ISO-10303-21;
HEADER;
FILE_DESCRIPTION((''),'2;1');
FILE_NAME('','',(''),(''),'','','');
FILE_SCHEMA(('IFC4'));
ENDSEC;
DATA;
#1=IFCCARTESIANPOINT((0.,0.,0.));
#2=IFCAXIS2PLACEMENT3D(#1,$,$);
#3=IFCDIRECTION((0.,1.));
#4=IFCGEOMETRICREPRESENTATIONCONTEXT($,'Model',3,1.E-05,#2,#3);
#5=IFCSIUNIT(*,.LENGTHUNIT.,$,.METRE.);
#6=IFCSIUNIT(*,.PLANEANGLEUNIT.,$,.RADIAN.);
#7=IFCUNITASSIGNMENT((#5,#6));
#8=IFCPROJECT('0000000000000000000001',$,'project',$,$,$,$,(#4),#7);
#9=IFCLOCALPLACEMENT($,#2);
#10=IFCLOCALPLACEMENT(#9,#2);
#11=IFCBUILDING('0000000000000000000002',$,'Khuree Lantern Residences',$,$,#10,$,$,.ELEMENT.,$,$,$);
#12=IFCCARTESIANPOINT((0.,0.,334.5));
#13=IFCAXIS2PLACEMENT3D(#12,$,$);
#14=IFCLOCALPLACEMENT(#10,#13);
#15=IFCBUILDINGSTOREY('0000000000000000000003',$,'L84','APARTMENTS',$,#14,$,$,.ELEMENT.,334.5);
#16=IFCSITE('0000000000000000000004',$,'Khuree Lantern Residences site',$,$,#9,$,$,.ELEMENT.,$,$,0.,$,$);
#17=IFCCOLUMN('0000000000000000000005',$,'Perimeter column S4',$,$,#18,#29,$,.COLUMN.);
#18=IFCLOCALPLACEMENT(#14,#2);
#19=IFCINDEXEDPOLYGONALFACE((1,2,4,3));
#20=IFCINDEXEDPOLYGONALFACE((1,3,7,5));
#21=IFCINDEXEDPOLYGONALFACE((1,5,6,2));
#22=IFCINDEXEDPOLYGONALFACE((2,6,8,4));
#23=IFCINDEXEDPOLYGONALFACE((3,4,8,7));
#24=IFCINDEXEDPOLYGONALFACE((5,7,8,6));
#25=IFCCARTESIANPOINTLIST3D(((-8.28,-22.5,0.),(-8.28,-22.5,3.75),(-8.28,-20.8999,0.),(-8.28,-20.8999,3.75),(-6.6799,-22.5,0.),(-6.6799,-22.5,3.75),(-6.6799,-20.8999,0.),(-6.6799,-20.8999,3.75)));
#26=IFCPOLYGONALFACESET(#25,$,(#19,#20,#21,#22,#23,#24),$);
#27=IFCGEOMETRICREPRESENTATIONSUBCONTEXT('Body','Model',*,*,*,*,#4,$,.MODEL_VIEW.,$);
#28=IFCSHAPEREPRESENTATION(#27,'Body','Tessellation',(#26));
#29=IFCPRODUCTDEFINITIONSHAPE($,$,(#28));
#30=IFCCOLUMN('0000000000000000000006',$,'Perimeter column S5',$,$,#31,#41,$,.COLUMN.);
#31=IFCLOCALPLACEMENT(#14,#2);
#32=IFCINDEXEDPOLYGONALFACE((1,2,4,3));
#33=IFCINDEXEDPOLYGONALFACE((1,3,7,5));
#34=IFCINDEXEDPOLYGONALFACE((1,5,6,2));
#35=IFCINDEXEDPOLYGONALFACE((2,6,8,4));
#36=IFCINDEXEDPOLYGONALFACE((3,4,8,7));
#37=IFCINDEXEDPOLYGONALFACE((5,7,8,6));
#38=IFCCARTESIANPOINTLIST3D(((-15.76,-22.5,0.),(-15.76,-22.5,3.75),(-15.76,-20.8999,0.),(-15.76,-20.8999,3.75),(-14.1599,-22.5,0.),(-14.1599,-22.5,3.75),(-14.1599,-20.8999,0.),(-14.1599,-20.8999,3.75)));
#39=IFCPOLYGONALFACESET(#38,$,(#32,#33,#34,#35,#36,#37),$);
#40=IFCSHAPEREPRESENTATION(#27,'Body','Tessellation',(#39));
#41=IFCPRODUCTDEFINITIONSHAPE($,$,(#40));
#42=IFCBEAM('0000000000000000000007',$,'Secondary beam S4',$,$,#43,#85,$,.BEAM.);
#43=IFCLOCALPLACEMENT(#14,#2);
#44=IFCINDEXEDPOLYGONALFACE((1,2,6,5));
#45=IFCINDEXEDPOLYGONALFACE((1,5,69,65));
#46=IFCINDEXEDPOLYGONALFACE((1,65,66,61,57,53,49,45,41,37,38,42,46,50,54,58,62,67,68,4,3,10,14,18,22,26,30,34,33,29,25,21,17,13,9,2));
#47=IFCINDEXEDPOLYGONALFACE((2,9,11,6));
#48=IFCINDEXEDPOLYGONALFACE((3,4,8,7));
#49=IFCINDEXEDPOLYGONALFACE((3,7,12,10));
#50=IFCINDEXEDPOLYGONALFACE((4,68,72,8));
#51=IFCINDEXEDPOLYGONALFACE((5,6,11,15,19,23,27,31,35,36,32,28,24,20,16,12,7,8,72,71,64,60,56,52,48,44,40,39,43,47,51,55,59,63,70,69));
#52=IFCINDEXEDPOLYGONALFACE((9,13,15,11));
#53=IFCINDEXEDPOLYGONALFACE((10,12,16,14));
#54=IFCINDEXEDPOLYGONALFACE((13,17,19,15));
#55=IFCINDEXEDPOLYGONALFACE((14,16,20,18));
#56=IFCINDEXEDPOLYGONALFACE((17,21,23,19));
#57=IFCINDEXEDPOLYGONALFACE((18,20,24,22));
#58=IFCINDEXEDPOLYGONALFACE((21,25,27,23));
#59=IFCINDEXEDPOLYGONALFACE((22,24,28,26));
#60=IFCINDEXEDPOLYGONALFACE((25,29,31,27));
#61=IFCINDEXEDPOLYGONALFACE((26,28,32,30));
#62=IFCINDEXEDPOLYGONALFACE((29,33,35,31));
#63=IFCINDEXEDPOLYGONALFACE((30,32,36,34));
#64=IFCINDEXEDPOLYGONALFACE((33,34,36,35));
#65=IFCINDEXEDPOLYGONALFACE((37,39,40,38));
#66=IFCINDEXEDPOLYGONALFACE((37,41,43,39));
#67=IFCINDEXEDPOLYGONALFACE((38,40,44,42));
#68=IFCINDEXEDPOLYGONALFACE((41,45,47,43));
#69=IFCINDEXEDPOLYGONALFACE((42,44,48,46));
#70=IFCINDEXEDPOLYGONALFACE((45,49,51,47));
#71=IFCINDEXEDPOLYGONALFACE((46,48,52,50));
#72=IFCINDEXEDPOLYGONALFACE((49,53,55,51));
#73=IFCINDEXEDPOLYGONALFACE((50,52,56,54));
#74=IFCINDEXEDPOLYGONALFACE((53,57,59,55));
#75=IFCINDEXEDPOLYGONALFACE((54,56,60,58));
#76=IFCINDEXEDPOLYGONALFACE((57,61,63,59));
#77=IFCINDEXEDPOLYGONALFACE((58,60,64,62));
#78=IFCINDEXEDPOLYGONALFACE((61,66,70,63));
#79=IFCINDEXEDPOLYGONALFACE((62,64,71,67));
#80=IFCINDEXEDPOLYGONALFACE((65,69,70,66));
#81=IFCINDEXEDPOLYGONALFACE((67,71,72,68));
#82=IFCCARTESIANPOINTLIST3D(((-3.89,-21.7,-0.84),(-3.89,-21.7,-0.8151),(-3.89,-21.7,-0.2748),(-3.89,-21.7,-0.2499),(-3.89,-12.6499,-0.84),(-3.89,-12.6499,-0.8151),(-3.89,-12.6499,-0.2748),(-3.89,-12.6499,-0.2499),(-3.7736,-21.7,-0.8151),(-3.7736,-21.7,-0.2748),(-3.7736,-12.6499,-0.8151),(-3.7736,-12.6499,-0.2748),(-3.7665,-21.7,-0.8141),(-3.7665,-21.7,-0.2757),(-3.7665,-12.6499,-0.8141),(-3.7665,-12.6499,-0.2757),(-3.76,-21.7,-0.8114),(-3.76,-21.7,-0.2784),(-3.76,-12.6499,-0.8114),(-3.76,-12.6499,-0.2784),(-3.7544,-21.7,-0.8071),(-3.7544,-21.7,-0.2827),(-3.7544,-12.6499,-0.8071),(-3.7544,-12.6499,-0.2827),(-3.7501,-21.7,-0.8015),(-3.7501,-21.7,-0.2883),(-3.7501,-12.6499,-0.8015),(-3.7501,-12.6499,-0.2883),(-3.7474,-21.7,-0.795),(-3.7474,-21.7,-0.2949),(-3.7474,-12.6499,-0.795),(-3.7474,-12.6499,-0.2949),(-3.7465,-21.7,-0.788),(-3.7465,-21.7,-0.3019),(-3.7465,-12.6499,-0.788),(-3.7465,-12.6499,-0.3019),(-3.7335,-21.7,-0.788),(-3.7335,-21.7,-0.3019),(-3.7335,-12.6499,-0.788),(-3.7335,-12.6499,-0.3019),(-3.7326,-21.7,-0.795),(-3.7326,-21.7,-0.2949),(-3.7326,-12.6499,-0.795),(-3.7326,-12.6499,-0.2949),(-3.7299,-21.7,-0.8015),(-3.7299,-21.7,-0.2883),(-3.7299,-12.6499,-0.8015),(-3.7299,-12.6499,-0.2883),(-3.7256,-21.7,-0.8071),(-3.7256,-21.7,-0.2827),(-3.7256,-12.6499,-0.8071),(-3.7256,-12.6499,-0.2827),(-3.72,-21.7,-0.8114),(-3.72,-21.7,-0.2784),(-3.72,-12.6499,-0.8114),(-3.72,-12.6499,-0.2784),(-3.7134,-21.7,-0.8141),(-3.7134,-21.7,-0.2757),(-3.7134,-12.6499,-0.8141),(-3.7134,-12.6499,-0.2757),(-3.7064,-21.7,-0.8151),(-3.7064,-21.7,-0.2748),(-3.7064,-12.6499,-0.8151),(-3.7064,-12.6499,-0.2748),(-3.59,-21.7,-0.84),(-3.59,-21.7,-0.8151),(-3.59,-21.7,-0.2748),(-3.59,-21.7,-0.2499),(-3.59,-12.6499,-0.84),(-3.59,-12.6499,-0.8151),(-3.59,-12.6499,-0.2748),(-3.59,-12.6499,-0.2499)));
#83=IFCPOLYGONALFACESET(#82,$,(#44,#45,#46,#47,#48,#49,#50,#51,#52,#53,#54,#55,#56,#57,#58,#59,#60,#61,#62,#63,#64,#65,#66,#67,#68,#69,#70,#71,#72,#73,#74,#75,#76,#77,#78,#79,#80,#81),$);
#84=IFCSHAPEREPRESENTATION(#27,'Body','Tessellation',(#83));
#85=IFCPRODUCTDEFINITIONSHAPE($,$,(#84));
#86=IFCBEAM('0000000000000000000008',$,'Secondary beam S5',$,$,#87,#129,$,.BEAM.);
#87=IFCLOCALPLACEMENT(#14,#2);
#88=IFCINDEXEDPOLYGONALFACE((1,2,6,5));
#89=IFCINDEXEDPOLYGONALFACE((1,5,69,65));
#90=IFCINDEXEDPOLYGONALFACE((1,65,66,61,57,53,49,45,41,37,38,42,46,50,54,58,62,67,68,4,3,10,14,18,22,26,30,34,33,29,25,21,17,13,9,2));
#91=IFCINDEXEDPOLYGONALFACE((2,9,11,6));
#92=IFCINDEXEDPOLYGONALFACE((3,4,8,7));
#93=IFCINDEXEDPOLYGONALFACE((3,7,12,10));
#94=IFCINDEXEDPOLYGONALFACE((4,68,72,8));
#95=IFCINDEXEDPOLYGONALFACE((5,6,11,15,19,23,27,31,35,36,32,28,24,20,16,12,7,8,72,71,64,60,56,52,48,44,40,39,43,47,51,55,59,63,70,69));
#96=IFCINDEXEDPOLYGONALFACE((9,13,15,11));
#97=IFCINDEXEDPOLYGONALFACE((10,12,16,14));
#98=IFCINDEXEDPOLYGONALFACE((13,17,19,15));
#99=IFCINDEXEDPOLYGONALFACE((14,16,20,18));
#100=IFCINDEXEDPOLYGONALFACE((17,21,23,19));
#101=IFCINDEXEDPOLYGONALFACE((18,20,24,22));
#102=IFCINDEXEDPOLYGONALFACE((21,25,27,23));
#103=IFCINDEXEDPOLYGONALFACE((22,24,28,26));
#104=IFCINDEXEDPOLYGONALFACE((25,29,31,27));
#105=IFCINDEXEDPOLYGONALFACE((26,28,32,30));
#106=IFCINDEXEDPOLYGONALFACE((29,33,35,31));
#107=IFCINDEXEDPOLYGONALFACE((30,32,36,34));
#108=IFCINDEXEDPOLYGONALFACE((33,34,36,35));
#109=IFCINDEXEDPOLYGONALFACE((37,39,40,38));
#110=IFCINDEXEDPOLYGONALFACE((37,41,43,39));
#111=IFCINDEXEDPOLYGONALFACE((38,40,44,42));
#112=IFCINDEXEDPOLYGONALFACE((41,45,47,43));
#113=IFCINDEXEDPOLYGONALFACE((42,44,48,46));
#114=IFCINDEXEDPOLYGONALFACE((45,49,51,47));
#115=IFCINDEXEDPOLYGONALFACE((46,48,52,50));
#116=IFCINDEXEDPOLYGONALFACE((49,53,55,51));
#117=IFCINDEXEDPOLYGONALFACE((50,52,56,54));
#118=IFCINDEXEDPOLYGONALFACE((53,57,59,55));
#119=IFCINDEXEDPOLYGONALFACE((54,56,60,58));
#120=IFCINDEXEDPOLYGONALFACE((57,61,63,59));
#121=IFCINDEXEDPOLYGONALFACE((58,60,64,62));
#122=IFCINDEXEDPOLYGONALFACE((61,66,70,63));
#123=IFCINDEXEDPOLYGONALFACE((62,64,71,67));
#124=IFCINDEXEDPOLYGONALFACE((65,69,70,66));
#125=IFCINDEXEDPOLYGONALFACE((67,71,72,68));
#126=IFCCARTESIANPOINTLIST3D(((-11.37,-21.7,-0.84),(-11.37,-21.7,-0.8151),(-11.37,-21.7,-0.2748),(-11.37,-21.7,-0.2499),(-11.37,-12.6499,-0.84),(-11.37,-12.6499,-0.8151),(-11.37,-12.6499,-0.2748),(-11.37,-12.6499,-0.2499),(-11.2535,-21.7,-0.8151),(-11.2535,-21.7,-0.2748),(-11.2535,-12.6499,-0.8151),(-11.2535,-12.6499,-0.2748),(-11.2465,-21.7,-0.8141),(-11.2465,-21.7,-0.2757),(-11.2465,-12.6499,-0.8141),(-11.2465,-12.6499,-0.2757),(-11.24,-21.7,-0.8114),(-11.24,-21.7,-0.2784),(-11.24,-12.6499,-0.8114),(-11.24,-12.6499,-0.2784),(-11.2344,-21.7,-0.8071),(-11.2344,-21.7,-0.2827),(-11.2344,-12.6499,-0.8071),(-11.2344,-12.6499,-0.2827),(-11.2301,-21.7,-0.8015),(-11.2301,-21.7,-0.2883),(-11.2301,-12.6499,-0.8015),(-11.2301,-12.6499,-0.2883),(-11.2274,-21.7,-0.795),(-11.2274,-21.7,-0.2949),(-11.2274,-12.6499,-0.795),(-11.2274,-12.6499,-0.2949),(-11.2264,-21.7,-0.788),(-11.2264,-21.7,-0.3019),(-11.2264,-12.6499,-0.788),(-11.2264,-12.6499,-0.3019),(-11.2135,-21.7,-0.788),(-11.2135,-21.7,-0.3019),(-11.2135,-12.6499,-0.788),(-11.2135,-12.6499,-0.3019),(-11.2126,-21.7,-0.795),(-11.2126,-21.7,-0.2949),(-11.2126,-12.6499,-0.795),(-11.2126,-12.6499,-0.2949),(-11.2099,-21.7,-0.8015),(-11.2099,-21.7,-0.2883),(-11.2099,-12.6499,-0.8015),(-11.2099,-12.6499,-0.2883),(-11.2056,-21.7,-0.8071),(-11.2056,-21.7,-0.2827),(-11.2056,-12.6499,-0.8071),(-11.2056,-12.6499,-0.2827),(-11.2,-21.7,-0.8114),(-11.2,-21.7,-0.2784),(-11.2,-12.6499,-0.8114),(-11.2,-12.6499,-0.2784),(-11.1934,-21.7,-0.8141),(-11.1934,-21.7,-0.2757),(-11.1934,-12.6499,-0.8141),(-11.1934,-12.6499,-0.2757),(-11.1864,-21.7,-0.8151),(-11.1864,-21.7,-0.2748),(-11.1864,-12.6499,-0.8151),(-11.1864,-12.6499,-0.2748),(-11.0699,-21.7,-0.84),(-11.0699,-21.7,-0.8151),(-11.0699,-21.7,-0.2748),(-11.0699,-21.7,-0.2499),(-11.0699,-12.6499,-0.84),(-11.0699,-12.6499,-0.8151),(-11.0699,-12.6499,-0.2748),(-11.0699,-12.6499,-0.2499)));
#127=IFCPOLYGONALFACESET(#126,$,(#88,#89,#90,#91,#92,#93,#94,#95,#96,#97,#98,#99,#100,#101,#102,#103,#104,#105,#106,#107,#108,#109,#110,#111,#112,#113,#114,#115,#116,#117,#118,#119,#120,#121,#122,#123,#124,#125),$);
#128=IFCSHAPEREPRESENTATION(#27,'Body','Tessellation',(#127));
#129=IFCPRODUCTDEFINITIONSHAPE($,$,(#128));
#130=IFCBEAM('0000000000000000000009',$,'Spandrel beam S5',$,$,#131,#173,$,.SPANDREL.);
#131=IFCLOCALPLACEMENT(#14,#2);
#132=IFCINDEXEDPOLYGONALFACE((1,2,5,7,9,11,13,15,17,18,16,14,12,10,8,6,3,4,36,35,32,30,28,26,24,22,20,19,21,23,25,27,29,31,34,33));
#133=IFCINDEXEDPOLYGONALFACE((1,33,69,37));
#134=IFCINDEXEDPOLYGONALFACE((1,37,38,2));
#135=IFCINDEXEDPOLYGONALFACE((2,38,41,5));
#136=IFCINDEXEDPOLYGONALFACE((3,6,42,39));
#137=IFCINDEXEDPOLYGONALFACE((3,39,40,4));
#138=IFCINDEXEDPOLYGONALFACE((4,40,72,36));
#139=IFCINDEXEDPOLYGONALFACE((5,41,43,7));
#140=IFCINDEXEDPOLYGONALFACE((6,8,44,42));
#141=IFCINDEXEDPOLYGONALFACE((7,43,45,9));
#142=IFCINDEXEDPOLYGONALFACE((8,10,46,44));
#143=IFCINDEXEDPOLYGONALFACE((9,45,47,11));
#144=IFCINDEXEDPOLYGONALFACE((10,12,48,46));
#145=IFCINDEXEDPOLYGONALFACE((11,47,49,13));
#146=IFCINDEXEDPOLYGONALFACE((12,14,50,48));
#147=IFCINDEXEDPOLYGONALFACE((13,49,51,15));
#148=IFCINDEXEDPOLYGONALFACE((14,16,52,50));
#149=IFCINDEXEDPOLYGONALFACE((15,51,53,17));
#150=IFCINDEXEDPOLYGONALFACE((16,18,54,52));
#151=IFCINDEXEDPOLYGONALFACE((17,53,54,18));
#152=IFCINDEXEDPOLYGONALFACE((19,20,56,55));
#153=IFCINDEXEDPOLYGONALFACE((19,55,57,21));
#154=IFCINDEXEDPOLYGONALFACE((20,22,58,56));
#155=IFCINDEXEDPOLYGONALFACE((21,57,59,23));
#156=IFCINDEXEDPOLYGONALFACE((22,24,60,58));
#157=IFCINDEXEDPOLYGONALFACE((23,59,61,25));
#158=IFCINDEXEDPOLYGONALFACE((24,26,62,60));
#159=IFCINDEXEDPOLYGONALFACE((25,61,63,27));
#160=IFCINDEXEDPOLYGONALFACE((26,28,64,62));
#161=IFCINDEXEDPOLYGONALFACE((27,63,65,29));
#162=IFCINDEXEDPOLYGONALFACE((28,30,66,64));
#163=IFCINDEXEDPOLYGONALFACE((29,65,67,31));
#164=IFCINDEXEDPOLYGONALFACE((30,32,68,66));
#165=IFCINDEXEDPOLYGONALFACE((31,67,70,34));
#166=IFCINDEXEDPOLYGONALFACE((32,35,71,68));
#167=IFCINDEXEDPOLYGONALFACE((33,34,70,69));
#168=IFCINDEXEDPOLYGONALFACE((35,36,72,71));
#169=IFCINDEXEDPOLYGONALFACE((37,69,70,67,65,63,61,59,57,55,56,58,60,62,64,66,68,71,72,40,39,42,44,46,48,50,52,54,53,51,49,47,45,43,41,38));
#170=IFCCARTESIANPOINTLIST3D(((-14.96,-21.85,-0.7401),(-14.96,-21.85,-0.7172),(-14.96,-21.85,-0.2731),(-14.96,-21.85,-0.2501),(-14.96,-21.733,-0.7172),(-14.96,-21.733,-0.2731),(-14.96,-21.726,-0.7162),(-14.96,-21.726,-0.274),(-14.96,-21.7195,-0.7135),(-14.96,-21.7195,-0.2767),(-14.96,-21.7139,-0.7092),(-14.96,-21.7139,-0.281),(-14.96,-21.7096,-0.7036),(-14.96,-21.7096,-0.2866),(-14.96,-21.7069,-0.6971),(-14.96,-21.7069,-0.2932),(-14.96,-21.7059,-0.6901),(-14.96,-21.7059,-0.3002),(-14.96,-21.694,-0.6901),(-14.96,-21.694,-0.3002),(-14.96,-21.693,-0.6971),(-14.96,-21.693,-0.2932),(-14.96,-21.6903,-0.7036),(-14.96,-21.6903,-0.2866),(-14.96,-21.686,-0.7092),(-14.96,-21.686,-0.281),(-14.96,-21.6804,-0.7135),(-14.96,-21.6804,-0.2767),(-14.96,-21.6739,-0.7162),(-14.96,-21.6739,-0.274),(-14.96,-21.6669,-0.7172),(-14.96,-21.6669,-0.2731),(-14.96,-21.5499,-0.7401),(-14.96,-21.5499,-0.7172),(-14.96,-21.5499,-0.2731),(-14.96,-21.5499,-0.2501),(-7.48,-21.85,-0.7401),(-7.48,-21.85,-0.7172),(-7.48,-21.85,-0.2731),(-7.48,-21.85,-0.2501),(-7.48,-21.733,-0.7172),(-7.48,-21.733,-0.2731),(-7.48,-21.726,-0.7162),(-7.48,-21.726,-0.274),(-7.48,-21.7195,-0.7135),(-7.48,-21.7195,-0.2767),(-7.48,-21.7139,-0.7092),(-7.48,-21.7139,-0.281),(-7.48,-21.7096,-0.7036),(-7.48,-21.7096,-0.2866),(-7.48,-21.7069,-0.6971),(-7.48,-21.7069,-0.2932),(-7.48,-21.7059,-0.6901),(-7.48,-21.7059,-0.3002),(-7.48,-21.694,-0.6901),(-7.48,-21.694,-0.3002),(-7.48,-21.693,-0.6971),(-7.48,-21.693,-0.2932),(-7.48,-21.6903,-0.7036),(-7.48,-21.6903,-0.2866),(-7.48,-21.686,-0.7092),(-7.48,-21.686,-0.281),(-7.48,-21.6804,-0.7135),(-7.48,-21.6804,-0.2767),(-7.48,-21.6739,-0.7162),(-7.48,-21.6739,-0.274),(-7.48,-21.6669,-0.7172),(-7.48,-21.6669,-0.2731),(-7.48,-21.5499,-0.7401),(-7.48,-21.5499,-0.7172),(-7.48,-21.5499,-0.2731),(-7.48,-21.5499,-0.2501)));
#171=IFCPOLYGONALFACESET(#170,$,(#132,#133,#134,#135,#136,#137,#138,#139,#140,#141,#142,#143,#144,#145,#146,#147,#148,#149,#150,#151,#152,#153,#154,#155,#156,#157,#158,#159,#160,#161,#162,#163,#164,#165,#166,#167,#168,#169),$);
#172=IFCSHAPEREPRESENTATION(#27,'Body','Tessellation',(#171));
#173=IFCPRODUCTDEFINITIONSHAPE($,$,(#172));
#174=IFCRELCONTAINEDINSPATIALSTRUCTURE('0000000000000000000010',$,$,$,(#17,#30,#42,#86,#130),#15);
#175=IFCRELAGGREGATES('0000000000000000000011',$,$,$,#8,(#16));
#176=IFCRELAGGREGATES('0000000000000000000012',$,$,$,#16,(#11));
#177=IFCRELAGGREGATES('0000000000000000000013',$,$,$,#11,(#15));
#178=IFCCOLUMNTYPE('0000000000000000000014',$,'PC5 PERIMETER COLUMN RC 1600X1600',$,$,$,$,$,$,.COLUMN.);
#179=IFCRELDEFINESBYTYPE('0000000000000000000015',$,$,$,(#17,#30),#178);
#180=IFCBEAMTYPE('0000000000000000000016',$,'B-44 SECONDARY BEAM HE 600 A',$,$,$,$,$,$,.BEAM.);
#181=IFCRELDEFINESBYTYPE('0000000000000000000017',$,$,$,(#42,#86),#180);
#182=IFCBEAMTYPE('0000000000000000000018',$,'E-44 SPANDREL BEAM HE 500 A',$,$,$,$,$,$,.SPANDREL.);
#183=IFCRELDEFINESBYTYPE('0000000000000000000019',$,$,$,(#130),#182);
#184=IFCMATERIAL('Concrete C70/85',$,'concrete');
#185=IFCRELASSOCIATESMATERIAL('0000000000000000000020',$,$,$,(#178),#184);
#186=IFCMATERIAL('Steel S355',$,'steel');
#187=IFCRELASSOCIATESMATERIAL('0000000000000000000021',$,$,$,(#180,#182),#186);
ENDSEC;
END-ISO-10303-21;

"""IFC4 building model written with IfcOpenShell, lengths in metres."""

from ifc_helpers import new_model, si_unit, direction, frame, origin, origin_2d, place, context, subcontext, project, spatial, rectangle, i_section, extrude, material, material_profile, profile_set, type_object, element, save


model = new_model("IFC4")

# Units and contexts
model_context = context("Model", 3, precision=1e-05, world=origin(), true_north=direction((0.0, 1.0)))
body_context = subcontext(model_context, "Body", "Model", "MODEL_VIEW")
ifc_project = project(units=[si_unit("LENGTHUNIT", "METRE"), si_unit("PLANEANGLEUNIT", "RADIAN")], contexts=[model_context])

# Site, building, storey
site_placement = place(None, origin())
site = spatial("IfcSite", under=ifc_project, at=site_placement, Name="Khuree Lantern Residences site", CompositionType="ELEMENT", RefElevation=0.0)
building_placement = place(site_placement, origin())
building = spatial("IfcBuilding", under=site, at=building_placement, Name="Khuree Lantern Residences", CompositionType="ELEMENT")
storey_placement = place(building_placement, frame((0.0, 0.0, 334.5)))
storey = spatial("IfcBuildingStorey", under=building, at=storey_placement, Name="L84", Description="APARTMENTS", CompositionType="ELEMENT", Elevation=334.5)

# Columns
ifc_material_1 = material(Name="Concrete C70/85", Category="concrete")
ifc_material_profile_1 = material_profile(ifc_material_1, rectangle(XDim=1.6001, YDim=1.6001, at=origin_2d()), Name="RC 1600X1600")
ifc_profile_set_1 = profile_set([ifc_material_profile_1], Name="Concrete C70/85")
column_type = type_object("IfcColumnType", Name="PC5 PERIMETER COLUMN RC 1600X1600", PredefinedType="COLUMN", material=ifc_profile_set_1)
for number, where, z_axis, x_axis, name in (
    (1, (-7.48, -21.7, 0.0), (0.0, 0.0, 1.0), (1.0, 0.0, 0.0), "Perimeter column S4"),
    (2, (-14.96, -21.7, 0.0), (0.0, 0.0, 1.0), (1.0, 0.0, 0.0), "Perimeter column S5"),
):
    element("IfcColumn", number, at=place(storey_placement, frame(where, z_axis=z_axis, x_axis=x_axis)), inside=storey, type_object=column_type, Name=name, PredefinedType="COLUMN", context=body_context, shape_type="SweptSolid", body=[
        extrude(rectangle(XDim=1.6001, YDim=1.6001, at=origin_2d()), origin(), (0.0, 0.0, 1.0), 3.75),
    ])

# Beams
ifc_material_2 = material(Name="Steel S355", Category="steel")
ifc_material_profile_2 = material_profile(ifc_material_2, i_section(OverallWidth=0.3, OverallDepth=0.5901, WebThickness=0.0129, FlangeThickness=0.0249, FilletRadius=0.0271, at=origin_2d()), Name="HE 600 A")
ifc_profile_set_2 = profile_set([ifc_material_profile_2], Name="Steel S355")
beam_type_1 = type_object("IfcBeamType", Name="B-44 SECONDARY BEAM HE 600 A", PredefinedType="BEAM", material=ifc_profile_set_2)
for number, where, z_axis, x_axis, name in (
    (3, (-3.74, -21.7, -0.5449), (0.0, 1.0, 0.0), (-1.0, 0.0, 0.0), "Secondary beam S4"),
    (4, (-11.22, -21.7, -0.5449), (0.0, 1.0, 0.0), (-1.0, 0.0, 0.0), "Secondary beam S5"),
):
    element("IfcBeam", number, at=place(storey_placement, frame(where, z_axis=z_axis, x_axis=x_axis)), inside=storey, type_object=beam_type_1, Name=name, PredefinedType="BEAM", context=body_context, shape_type="SweptSolid", body=[
        extrude(i_section(OverallWidth=0.3, OverallDepth=0.5901, WebThickness=0.0129, FlangeThickness=0.0249, FilletRadius=0.0271, at=origin_2d()), origin(), (0.0, 0.0, 1.0), 9.05),
    ])
ifc_material_profile_3 = material_profile(ifc_material_2, i_section(OverallWidth=0.3, OverallDepth=0.49, WebThickness=0.012, FlangeThickness=0.0229, FilletRadius=0.0271, at=origin_2d()), Name="HE 500 A")
ifc_profile_set_3 = profile_set([ifc_material_profile_3], Name="Steel S355")
beam_type_2 = type_object("IfcBeamType", Name="E-44 SPANDREL BEAM HE 500 A", PredefinedType="SPANDREL", material=ifc_profile_set_3)
beam_1_placement = place(storey_placement, frame((-7.48, -21.7, -0.4951), z_axis=(-1.0, 0.0, 0.0), x_axis=(0.0, -1.0, 0.0)))
element("IfcBeam", 5, at=beam_1_placement, inside=storey, type_object=beam_type_2, Name="Spandrel beam S5", PredefinedType="SPANDREL", context=body_context, shape_type="SweptSolid", body=[
    extrude(i_section(OverallWidth=0.3, OverallDepth=0.49, WebThickness=0.012, FlangeThickness=0.0229, FilletRadius=0.0271, at=origin_2d()), origin(), (0.0, 0.0, 1.0), 7.48),
])

save(model, "model.ifc")
